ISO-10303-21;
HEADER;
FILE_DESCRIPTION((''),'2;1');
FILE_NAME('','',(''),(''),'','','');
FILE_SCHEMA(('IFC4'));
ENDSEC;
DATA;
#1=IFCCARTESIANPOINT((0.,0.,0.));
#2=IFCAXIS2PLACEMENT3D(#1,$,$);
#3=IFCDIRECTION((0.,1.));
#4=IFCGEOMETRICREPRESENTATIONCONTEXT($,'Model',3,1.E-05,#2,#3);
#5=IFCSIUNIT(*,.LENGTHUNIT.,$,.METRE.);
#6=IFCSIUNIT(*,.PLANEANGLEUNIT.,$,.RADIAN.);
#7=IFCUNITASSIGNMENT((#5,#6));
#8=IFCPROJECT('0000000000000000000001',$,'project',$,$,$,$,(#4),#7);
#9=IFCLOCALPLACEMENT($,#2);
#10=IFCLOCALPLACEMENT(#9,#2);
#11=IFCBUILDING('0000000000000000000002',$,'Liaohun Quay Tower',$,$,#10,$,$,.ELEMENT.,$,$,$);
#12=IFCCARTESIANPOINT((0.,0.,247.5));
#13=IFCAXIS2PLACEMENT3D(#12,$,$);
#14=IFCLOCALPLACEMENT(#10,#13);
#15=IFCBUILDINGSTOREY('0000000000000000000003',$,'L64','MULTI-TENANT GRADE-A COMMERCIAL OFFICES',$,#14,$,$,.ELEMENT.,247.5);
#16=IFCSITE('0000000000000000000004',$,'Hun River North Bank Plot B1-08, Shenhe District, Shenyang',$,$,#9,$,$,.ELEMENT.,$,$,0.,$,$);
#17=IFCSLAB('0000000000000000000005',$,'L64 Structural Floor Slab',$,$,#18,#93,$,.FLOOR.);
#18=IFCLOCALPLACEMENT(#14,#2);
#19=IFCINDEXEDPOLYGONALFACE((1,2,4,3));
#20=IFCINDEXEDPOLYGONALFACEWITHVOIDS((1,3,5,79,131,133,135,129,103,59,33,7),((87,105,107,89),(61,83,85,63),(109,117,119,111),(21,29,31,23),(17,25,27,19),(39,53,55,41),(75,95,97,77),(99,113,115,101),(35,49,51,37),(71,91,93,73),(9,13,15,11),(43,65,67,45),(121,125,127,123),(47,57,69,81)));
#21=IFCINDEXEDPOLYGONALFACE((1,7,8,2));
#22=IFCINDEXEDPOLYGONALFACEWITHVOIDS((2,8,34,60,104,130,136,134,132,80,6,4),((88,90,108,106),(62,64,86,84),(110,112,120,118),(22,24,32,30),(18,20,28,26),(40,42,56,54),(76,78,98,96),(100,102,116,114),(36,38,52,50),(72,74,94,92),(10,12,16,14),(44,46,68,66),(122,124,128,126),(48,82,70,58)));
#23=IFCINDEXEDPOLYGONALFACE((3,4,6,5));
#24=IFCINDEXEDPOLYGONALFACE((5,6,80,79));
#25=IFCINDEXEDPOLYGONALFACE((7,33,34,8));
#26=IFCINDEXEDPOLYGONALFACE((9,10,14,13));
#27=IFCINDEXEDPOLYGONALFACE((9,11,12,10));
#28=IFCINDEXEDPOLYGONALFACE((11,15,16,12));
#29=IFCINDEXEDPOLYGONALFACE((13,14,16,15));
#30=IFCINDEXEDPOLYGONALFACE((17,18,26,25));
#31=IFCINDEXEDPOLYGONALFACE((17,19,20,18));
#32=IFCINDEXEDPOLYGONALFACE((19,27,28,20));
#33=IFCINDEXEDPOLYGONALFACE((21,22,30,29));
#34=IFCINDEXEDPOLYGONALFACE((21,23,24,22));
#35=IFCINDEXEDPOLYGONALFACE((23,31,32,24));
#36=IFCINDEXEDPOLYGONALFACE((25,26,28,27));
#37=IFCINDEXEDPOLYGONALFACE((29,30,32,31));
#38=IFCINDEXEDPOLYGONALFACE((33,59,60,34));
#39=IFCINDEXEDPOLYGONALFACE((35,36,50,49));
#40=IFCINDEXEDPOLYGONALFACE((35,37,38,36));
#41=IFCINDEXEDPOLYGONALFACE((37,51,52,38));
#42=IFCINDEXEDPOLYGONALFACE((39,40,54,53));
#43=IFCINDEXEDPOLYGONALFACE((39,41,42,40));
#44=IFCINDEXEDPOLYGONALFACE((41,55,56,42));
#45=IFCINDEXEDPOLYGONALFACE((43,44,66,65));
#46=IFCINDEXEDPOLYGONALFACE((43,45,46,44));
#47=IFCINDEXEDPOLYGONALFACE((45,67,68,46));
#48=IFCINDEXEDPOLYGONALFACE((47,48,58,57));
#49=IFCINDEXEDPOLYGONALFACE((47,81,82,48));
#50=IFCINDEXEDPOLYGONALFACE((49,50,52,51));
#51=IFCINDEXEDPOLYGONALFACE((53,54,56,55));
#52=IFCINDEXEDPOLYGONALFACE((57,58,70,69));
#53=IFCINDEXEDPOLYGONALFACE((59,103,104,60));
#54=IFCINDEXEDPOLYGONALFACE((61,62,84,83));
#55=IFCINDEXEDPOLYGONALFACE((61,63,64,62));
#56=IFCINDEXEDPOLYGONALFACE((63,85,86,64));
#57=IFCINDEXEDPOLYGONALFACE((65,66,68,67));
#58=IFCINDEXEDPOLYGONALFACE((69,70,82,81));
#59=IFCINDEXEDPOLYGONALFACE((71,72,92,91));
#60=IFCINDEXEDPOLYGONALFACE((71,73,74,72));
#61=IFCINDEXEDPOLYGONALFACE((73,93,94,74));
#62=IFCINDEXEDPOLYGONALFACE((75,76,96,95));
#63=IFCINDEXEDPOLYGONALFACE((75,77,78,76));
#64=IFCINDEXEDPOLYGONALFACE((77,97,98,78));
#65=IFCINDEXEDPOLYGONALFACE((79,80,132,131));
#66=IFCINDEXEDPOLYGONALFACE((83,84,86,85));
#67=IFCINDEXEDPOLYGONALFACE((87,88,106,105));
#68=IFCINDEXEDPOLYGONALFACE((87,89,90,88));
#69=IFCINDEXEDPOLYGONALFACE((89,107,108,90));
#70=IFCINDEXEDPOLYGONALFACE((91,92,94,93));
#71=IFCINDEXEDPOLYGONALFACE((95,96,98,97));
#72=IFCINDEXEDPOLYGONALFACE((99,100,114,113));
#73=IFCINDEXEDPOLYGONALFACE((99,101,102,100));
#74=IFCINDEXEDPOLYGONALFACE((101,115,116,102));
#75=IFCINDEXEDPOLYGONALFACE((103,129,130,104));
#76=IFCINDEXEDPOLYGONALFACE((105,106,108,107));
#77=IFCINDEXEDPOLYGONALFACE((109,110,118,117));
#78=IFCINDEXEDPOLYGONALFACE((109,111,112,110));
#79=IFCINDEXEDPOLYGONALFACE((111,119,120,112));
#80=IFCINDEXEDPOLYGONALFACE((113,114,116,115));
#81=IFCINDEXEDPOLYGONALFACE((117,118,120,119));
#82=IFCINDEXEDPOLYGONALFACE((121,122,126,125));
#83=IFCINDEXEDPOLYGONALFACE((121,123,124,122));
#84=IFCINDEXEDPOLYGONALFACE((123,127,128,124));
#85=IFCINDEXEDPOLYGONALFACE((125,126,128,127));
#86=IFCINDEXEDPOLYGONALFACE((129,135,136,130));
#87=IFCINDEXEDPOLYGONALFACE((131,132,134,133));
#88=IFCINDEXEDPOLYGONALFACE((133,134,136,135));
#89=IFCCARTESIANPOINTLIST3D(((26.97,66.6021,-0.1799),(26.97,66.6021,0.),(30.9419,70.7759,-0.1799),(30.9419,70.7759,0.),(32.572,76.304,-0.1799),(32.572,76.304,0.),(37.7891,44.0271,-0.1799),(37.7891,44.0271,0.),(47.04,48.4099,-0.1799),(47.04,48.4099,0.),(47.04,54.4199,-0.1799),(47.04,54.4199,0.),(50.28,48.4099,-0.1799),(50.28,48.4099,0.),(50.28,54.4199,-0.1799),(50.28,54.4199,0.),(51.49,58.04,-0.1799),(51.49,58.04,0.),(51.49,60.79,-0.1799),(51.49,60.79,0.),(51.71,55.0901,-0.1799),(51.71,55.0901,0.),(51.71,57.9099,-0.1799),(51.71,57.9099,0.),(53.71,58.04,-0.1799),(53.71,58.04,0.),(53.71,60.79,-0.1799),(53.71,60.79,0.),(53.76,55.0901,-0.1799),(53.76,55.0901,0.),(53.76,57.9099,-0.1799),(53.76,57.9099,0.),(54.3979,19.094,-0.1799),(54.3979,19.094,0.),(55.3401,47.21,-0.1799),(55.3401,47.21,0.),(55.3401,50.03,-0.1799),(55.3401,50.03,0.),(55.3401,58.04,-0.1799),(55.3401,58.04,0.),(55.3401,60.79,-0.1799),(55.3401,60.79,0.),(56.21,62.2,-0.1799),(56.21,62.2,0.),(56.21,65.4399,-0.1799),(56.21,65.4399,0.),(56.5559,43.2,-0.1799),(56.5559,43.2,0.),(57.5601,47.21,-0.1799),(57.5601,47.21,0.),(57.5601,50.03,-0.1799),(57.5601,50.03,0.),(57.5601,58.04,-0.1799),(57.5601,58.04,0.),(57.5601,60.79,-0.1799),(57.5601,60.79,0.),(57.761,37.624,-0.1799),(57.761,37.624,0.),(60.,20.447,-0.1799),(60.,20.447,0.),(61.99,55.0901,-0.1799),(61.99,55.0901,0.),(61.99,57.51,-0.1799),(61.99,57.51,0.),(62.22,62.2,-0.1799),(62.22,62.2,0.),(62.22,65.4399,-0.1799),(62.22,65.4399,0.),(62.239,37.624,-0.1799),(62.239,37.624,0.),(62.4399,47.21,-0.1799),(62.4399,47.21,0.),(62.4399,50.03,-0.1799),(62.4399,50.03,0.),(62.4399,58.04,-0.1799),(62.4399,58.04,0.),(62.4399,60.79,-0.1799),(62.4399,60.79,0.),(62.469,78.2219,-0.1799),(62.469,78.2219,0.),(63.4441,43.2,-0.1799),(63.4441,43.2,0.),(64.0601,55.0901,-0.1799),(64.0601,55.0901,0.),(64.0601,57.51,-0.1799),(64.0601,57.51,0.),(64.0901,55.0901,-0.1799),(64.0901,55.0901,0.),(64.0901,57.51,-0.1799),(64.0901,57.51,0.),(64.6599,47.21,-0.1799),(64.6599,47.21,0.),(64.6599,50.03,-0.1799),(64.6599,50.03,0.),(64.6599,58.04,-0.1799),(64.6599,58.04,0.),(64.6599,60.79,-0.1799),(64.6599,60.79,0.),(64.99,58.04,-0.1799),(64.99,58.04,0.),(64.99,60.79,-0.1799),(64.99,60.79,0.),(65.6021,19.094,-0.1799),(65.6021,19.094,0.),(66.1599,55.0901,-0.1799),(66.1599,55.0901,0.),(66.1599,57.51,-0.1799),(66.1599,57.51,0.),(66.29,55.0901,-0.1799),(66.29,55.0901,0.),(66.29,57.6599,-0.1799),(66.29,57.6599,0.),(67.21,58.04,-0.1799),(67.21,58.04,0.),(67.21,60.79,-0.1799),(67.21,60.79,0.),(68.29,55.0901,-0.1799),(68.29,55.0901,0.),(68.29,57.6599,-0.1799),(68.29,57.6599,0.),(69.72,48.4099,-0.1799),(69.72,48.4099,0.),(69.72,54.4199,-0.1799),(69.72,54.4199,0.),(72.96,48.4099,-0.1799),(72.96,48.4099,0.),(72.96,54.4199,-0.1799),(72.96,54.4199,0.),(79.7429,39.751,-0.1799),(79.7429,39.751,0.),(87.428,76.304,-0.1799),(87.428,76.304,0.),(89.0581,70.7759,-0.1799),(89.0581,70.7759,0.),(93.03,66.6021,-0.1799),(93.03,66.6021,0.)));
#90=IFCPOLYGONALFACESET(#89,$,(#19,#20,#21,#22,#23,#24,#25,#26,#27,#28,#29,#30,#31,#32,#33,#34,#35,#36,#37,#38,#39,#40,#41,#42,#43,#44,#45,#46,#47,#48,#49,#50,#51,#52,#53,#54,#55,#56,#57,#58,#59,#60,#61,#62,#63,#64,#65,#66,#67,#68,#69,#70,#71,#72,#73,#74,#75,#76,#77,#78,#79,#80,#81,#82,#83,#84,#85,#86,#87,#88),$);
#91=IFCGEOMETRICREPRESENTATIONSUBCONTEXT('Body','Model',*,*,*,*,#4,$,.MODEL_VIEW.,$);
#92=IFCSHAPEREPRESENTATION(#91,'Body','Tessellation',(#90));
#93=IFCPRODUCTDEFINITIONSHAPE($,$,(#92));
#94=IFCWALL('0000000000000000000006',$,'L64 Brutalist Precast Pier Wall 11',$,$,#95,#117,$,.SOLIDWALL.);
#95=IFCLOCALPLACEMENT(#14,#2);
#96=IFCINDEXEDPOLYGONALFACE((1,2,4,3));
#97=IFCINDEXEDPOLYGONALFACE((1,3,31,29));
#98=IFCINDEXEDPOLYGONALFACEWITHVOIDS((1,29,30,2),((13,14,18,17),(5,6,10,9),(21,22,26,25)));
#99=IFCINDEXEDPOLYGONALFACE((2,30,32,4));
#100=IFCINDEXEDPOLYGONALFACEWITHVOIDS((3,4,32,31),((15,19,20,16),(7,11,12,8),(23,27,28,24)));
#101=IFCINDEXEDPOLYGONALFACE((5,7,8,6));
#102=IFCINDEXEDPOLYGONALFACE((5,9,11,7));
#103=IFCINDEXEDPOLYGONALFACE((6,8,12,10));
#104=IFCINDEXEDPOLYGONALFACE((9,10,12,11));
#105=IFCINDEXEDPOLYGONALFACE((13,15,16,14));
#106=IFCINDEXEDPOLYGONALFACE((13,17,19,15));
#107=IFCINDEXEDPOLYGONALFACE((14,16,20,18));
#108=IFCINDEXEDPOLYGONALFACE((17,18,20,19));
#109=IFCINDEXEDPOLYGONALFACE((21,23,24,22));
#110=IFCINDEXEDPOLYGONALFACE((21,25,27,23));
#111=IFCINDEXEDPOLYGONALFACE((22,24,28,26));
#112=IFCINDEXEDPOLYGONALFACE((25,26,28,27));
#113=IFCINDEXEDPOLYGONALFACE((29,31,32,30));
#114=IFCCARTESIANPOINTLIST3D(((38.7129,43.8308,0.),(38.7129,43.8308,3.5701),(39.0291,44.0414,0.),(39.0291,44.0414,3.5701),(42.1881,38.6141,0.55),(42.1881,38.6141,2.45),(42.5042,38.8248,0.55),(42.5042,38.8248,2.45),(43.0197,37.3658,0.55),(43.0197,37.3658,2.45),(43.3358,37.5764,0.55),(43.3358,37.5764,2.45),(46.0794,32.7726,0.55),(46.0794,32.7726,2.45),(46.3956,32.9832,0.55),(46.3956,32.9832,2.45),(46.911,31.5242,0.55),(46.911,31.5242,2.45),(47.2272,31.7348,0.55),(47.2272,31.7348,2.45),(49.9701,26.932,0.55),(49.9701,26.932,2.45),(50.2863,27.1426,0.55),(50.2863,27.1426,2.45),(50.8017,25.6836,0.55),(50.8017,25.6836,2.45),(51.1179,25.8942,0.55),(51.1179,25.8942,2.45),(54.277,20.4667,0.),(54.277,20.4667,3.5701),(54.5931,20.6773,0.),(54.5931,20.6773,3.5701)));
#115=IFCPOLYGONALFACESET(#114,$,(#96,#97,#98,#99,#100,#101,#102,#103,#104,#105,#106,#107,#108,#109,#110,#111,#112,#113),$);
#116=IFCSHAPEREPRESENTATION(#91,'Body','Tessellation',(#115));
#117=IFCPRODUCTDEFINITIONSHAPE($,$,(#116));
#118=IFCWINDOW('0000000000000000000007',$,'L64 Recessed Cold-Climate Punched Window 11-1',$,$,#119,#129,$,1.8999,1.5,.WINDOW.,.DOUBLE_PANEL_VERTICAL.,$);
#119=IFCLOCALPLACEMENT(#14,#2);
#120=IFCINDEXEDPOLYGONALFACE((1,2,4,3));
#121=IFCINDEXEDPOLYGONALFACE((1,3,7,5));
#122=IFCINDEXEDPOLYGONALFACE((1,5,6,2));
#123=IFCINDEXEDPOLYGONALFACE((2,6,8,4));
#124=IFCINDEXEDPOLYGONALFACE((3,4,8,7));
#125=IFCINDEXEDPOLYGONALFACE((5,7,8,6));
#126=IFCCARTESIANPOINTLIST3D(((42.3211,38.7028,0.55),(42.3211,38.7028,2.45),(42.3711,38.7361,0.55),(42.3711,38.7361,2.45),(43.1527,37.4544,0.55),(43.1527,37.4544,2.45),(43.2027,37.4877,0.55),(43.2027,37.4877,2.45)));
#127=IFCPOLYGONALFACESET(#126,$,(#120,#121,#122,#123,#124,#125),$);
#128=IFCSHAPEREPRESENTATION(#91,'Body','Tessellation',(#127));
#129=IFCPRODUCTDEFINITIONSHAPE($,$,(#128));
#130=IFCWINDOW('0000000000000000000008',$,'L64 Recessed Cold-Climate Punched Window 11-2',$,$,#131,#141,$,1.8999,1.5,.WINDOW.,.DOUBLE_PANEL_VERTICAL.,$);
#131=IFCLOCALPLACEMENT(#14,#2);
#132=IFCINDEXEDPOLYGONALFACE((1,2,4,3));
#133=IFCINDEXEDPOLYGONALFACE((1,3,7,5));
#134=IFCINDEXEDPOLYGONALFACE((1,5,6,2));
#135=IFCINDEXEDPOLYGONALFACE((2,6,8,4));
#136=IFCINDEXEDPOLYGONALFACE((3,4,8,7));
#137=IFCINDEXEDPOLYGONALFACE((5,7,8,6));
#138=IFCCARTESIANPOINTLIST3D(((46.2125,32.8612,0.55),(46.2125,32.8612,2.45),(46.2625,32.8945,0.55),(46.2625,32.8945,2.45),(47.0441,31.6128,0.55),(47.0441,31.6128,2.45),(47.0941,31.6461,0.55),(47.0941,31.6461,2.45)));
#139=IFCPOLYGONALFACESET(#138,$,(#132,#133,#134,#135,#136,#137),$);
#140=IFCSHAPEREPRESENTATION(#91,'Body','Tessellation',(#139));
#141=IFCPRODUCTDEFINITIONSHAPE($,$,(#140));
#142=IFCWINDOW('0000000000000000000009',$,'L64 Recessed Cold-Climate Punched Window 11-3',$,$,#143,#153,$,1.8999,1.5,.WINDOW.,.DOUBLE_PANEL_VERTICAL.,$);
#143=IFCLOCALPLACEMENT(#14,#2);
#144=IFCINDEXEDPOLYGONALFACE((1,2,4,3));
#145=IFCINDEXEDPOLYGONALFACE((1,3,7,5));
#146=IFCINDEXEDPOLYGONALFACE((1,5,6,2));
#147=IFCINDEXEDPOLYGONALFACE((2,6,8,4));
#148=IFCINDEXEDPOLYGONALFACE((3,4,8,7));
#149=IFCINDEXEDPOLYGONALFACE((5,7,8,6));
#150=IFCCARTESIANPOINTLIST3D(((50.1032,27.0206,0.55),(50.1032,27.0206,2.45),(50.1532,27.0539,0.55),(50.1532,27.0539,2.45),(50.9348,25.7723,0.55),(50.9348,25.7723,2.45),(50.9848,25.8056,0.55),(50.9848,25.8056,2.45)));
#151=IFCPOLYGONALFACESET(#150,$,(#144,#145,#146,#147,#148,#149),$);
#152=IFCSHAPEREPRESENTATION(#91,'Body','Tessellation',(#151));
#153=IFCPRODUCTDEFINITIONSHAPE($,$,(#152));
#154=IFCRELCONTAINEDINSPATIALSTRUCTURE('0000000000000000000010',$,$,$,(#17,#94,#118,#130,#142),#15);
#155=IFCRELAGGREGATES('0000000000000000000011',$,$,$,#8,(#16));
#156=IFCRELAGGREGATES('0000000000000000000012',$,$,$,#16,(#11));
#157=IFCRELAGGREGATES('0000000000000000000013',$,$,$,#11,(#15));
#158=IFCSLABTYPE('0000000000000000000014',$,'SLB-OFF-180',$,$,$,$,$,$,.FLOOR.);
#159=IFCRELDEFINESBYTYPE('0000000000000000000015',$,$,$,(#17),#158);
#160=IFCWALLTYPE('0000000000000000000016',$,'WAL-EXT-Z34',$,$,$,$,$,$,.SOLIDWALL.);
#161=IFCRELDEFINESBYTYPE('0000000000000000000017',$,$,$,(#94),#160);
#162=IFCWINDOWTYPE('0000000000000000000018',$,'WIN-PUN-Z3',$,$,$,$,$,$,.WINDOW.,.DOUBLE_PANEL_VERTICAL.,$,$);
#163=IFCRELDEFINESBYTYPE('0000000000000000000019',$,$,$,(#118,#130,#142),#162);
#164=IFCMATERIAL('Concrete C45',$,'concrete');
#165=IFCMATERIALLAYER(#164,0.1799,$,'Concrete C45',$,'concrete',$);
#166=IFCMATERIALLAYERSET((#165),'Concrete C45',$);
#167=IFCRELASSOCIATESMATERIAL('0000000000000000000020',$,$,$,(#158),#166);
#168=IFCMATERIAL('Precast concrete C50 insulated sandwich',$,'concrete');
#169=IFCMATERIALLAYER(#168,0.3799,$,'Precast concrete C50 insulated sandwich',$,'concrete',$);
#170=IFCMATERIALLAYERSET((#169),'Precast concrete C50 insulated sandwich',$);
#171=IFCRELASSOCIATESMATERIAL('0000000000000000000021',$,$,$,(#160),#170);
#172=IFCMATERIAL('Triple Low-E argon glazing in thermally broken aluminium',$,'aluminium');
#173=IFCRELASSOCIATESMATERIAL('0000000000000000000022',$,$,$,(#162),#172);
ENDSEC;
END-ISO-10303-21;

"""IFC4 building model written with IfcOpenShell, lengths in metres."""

from ifc_helpers import new_model, si_unit, direction, frame, frame_2d, origin, place, context, subcontext, project, spatial, polyline, rectangle, outline, extrude, source, transform, mapped, material, layer, layer_set, type_object, element, fill, save


model = new_model("IFC4")

# Units and contexts
model_context = context("Model", 3, precision=1e-05, world=origin(), true_north=direction((0.0, 1.0)))
body_context = subcontext(model_context, "Body", "Model", "MODEL_VIEW")
ifc_project = project(units=[si_unit("LENGTHUNIT", "METRE"), si_unit("PLANEANGLEUNIT", "RADIAN")], contexts=[model_context])

# Site, building, storey
site_placement = place(None, origin())
site = spatial("IfcSite", under=ifc_project, at=site_placement, Name="Hun River North Bank Plot B1-08, Shenhe District, Shenyang", CompositionType="ELEMENT", RefElevation=0.0)
building_placement = place(site_placement, origin())
building = spatial("IfcBuilding", under=site, at=building_placement, Name="Liaohun Quay Tower", CompositionType="ELEMENT")
storey_placement = place(building_placement, frame((0.0, 0.0, 247.5)))
storey = spatial("IfcBuildingStorey", under=building, at=storey_placement, Name="L64", Description="MULTI-TENANT GRADE-A COMMERCIAL OFFICES", CompositionType="ELEMENT", Elevation=247.5)

# Shared definitions
ifc_material_1 = material(Name="Concrete C45", Category="concrete")

# Slab
ifc_layer_1 = layer(ifc_material_1, 0.1799, Name="Concrete C45", Category="concrete")
ifc_layer_set_1 = layer_set([ifc_layer_1], Name="Concrete C45")
slab_type_1 = type_object("IfcSlabType", Name="SLB-OFF-180", PredefinedType="FLOOR", material=ifc_layer_set_1)
slab_1_placement = place(storey_placement, frame((0.0, 0.0, -0.1799)))
element("IfcSlab", 1, at=slab_1_placement, inside=storey, type_object=slab_type_1, Name="L64 Structural Floor Slab", PredefinedType="FLOOR", context=body_context, shape_type="SweptSolid", body=[
    extrude(outline(polyline([(54.3979, 19.094), (60.0, 20.447), (65.6021, 19.094), (79.7429, 39.751), (93.03, 66.6021), (89.0581, 70.7759), (87.428, 76.304), (62.469, 78.2219), (32.572, 76.304), (30.9419, 70.7759), (26.97, 66.6021), (37.7891, 44.0271), (54.3979, 19.094)]), holes=[polyline([(63.4441, 43.2), (56.5559, 43.2), (57.761, 37.624), (62.239, 37.624), (63.4441, 43.2)]), polyline([(57.5601, 47.21), (57.5601, 50.03), (55.3401, 50.03), (55.3401, 47.21), (57.5601, 47.21)]), polyline([(50.28, 54.4199), (47.04, 54.4199), (47.04, 48.4099), (50.28, 48.4099), (50.28, 54.4199)]), polyline([(53.76, 55.0901), (53.76, 57.9099), (51.71, 57.9099), (51.71, 55.0901), (53.76, 55.0901)]), polyline([(53.71, 58.04), (53.71, 60.79), (51.49, 60.79), (51.49, 58.04), (53.71, 58.04)]), polyline([(57.5601, 58.04), (57.5601, 60.79), (55.3401, 60.79), (55.3401, 58.04), (57.5601, 58.04)]), polyline([(62.22, 62.2), (62.22, 65.4399), (56.21, 65.4399), (56.21, 62.2), (62.22, 62.2)]), polyline([(64.6599, 50.03), (62.4399, 50.03), (62.4399, 47.21), (64.6599, 47.21), (64.6599, 50.03)]), polyline([(72.96, 54.4199), (69.72, 54.4199), (69.72, 48.4099), (72.96, 48.4099), (72.96, 54.4199)]), polyline([(64.0601, 55.0901), (64.0601, 57.51), (61.99, 57.51), (61.99, 55.0901), (64.0601, 55.0901)]), polyline([(66.1599, 55.0901), (66.1599, 57.51), (64.0901, 57.51), (64.0901, 55.0901), (66.1599, 55.0901)]), polyline([(68.29, 55.0901), (68.29, 57.6599), (66.29, 57.6599), (66.29, 55.0901), (68.29, 55.0901)]), polyline([(64.6599, 58.04), (64.6599, 60.79), (62.4399, 60.79), (62.4399, 58.04), (64.6599, 58.04)]), polyline([(67.21, 58.04), (67.21, 60.79), (64.99, 60.79), (64.99, 58.04), (67.21, 58.04)])]), origin(), (0.0, 0.0, 1.0), 0.1799),
])

# Wall, openings, windows
ifc_material_2 = material(Name="Precast concrete C50 insulated sandwich", Category="concrete")
ifc_layer_2 = layer(ifc_material_2, 0.3799, Name="Precast concrete C50 insulated sandwich", Category="concrete")
ifc_layer_set_2 = layer_set([ifc_layer_2], Name="Precast concrete C50 insulated sandwich")
wall_type_1 = type_object("IfcWallType", Name="WAL-EXT-Z34", PredefinedType="SOLIDWALL", material=ifc_layer_set_2)
wall_1_placement = place(storey_placement, frame((38.8711, 43.936, 0.0), z_axis=(0.0, 0.0, 1.0), x_axis=(0.554403, -0.832248, 0.0)))
wall_1 = element("IfcWall", 2, at=wall_1_placement, inside=storey, type_object=wall_type_1, Name="L64 Brutalist Precast Pier Wall 11", PredefinedType="SOLIDWALL", context=body_context, shape_type="SweptSolid", body=[
    extrude(rectangle(XDim=28.0735, YDim=0.3799, at=frame_2d((14.0366, 0.0))), origin(), (0.0, 0.0, 1.0), 3.5701),
])
shared_shape_1 = source(origin(), body_context, "Body", "SweptSolid", [
    extrude(rectangle(XDim=1.5, YDim=1.8999, at=frame_2d((0.75, 0.95))), frame((0.0, 0.2, 0.0), z_axis=(0.0, -1.0, 0.0), x_axis=(1.0, 0.0, 0.0)), (0.0, 0.0, 1.0), 0.3999),
])
opening_1_placement = place(wall_1_placement, frame((6.2681, 0.0, 0.55)))
opening_1 = element("IfcOpeningElement", 3, at=opening_1_placement, cuts=wall_1, PredefinedType="OPENING", context=body_context, shape_type="MappedRepresentation", body=[
    mapped(shared_shape_1, transform((0.0, 0.0, 0.0), x_axis=(1.0, 0.0, 0.0), y_axis=(0.0, 1.0, 0.0), z_axis=(0.0, 0.0, 1.0), scale=1.0)),
])
opening_2_placement = place(wall_1_placement, frame((13.2871, 0.0, 0.55)))
opening_2 = element("IfcOpeningElement", 4, at=opening_2_placement, cuts=wall_1, PredefinedType="OPENING", context=body_context, shape_type="MappedRepresentation", body=[
    mapped(shared_shape_1, transform((0.0, 0.0, 0.0), x_axis=(1.0, 0.0, 0.0), y_axis=(0.0, 1.0, 0.0), z_axis=(0.0, 0.0, 1.0), scale=1.0)),
])
opening_3_placement = place(wall_1_placement, frame((20.3049, 0.0, 0.55)))
opening_3 = element("IfcOpeningElement", 5, at=opening_3_placement, cuts=wall_1, PredefinedType="OPENING", context=body_context, shape_type="MappedRepresentation", body=[
    mapped(shared_shape_1, transform((0.0, 0.0, 0.0), x_axis=(1.0, 0.0, 0.0), y_axis=(0.0, 1.0, 0.0), z_axis=(0.0, 0.0, 1.0), scale=1.0)),
])
ifc_material_3 = material(Name="Triple Low-E argon glazing in thermally broken aluminium", Category="aluminium")
window_type = type_object("IfcWindowType", Name="WIN-PUN-Z3", PartitioningType="DOUBLE_PANEL_VERTICAL", PredefinedType="WINDOW", material=ifc_material_3)
shared_shape_2 = source(origin(), body_context, "Body", "SweptSolid", [
    extrude(rectangle(XDim=1.5, YDim=1.8999, at=frame_2d((0.75, 0.95))), frame((0.0, 0.03, 0.0), z_axis=(0.0, -1.0, 0.0), x_axis=(1.0, 0.0, 0.0)), (0.0, 0.0, 1.0), 0.0601),
])
window_1_placement = place(opening_1_placement, origin())
window_1 = element("IfcWindow", 6, at=window_1_placement, inside=storey, type_object=window_type, Name="L64 Recessed Cold-Climate Punched Window 11-1", OverallHeight=1.8999, OverallWidth=1.5, PartitioningType="DOUBLE_PANEL_VERTICAL", PredefinedType="WINDOW", context=body_context, shape_type="MappedRepresentation", body=[
    mapped(shared_shape_2, transform((0.0, 0.0, 0.0), x_axis=(1.0, 0.0, 0.0), y_axis=(0.0, 1.0, 0.0), z_axis=(0.0, 0.0, 1.0), scale=1.0)),
])
fill(opening_1, window_1)
window_2_placement = place(opening_2_placement, origin())
window_2 = element("IfcWindow", 7, at=window_2_placement, inside=storey, type_object=window_type, Name="L64 Recessed Cold-Climate Punched Window 11-2", OverallHeight=1.8999, OverallWidth=1.5, PartitioningType="DOUBLE_PANEL_VERTICAL", PredefinedType="WINDOW", context=body_context, shape_type="MappedRepresentation", body=[
    mapped(shared_shape_2, transform((0.0, 0.0, 0.0), x_axis=(1.0, 0.0, 0.0), y_axis=(0.0, 1.0, 0.0), z_axis=(0.0, 0.0, 1.0), scale=1.0)),
])
fill(opening_2, window_2)
window_3_placement = place(opening_3_placement, origin())
window_3 = element("IfcWindow", 8, at=window_3_placement, inside=storey, type_object=window_type, Name="L64 Recessed Cold-Climate Punched Window 11-3", OverallHeight=1.8999, OverallWidth=1.5, PartitioningType="DOUBLE_PANEL_VERTICAL", PredefinedType="WINDOW", context=body_context, shape_type="MappedRepresentation", body=[
    mapped(shared_shape_2, transform((0.0, 0.0, 0.0), x_axis=(1.0, 0.0, 0.0), y_axis=(0.0, 1.0, 0.0), z_axis=(0.0, 0.0, 1.0), scale=1.0)),
])
fill(opening_3, window_3)

save(model, "model.ifc")
